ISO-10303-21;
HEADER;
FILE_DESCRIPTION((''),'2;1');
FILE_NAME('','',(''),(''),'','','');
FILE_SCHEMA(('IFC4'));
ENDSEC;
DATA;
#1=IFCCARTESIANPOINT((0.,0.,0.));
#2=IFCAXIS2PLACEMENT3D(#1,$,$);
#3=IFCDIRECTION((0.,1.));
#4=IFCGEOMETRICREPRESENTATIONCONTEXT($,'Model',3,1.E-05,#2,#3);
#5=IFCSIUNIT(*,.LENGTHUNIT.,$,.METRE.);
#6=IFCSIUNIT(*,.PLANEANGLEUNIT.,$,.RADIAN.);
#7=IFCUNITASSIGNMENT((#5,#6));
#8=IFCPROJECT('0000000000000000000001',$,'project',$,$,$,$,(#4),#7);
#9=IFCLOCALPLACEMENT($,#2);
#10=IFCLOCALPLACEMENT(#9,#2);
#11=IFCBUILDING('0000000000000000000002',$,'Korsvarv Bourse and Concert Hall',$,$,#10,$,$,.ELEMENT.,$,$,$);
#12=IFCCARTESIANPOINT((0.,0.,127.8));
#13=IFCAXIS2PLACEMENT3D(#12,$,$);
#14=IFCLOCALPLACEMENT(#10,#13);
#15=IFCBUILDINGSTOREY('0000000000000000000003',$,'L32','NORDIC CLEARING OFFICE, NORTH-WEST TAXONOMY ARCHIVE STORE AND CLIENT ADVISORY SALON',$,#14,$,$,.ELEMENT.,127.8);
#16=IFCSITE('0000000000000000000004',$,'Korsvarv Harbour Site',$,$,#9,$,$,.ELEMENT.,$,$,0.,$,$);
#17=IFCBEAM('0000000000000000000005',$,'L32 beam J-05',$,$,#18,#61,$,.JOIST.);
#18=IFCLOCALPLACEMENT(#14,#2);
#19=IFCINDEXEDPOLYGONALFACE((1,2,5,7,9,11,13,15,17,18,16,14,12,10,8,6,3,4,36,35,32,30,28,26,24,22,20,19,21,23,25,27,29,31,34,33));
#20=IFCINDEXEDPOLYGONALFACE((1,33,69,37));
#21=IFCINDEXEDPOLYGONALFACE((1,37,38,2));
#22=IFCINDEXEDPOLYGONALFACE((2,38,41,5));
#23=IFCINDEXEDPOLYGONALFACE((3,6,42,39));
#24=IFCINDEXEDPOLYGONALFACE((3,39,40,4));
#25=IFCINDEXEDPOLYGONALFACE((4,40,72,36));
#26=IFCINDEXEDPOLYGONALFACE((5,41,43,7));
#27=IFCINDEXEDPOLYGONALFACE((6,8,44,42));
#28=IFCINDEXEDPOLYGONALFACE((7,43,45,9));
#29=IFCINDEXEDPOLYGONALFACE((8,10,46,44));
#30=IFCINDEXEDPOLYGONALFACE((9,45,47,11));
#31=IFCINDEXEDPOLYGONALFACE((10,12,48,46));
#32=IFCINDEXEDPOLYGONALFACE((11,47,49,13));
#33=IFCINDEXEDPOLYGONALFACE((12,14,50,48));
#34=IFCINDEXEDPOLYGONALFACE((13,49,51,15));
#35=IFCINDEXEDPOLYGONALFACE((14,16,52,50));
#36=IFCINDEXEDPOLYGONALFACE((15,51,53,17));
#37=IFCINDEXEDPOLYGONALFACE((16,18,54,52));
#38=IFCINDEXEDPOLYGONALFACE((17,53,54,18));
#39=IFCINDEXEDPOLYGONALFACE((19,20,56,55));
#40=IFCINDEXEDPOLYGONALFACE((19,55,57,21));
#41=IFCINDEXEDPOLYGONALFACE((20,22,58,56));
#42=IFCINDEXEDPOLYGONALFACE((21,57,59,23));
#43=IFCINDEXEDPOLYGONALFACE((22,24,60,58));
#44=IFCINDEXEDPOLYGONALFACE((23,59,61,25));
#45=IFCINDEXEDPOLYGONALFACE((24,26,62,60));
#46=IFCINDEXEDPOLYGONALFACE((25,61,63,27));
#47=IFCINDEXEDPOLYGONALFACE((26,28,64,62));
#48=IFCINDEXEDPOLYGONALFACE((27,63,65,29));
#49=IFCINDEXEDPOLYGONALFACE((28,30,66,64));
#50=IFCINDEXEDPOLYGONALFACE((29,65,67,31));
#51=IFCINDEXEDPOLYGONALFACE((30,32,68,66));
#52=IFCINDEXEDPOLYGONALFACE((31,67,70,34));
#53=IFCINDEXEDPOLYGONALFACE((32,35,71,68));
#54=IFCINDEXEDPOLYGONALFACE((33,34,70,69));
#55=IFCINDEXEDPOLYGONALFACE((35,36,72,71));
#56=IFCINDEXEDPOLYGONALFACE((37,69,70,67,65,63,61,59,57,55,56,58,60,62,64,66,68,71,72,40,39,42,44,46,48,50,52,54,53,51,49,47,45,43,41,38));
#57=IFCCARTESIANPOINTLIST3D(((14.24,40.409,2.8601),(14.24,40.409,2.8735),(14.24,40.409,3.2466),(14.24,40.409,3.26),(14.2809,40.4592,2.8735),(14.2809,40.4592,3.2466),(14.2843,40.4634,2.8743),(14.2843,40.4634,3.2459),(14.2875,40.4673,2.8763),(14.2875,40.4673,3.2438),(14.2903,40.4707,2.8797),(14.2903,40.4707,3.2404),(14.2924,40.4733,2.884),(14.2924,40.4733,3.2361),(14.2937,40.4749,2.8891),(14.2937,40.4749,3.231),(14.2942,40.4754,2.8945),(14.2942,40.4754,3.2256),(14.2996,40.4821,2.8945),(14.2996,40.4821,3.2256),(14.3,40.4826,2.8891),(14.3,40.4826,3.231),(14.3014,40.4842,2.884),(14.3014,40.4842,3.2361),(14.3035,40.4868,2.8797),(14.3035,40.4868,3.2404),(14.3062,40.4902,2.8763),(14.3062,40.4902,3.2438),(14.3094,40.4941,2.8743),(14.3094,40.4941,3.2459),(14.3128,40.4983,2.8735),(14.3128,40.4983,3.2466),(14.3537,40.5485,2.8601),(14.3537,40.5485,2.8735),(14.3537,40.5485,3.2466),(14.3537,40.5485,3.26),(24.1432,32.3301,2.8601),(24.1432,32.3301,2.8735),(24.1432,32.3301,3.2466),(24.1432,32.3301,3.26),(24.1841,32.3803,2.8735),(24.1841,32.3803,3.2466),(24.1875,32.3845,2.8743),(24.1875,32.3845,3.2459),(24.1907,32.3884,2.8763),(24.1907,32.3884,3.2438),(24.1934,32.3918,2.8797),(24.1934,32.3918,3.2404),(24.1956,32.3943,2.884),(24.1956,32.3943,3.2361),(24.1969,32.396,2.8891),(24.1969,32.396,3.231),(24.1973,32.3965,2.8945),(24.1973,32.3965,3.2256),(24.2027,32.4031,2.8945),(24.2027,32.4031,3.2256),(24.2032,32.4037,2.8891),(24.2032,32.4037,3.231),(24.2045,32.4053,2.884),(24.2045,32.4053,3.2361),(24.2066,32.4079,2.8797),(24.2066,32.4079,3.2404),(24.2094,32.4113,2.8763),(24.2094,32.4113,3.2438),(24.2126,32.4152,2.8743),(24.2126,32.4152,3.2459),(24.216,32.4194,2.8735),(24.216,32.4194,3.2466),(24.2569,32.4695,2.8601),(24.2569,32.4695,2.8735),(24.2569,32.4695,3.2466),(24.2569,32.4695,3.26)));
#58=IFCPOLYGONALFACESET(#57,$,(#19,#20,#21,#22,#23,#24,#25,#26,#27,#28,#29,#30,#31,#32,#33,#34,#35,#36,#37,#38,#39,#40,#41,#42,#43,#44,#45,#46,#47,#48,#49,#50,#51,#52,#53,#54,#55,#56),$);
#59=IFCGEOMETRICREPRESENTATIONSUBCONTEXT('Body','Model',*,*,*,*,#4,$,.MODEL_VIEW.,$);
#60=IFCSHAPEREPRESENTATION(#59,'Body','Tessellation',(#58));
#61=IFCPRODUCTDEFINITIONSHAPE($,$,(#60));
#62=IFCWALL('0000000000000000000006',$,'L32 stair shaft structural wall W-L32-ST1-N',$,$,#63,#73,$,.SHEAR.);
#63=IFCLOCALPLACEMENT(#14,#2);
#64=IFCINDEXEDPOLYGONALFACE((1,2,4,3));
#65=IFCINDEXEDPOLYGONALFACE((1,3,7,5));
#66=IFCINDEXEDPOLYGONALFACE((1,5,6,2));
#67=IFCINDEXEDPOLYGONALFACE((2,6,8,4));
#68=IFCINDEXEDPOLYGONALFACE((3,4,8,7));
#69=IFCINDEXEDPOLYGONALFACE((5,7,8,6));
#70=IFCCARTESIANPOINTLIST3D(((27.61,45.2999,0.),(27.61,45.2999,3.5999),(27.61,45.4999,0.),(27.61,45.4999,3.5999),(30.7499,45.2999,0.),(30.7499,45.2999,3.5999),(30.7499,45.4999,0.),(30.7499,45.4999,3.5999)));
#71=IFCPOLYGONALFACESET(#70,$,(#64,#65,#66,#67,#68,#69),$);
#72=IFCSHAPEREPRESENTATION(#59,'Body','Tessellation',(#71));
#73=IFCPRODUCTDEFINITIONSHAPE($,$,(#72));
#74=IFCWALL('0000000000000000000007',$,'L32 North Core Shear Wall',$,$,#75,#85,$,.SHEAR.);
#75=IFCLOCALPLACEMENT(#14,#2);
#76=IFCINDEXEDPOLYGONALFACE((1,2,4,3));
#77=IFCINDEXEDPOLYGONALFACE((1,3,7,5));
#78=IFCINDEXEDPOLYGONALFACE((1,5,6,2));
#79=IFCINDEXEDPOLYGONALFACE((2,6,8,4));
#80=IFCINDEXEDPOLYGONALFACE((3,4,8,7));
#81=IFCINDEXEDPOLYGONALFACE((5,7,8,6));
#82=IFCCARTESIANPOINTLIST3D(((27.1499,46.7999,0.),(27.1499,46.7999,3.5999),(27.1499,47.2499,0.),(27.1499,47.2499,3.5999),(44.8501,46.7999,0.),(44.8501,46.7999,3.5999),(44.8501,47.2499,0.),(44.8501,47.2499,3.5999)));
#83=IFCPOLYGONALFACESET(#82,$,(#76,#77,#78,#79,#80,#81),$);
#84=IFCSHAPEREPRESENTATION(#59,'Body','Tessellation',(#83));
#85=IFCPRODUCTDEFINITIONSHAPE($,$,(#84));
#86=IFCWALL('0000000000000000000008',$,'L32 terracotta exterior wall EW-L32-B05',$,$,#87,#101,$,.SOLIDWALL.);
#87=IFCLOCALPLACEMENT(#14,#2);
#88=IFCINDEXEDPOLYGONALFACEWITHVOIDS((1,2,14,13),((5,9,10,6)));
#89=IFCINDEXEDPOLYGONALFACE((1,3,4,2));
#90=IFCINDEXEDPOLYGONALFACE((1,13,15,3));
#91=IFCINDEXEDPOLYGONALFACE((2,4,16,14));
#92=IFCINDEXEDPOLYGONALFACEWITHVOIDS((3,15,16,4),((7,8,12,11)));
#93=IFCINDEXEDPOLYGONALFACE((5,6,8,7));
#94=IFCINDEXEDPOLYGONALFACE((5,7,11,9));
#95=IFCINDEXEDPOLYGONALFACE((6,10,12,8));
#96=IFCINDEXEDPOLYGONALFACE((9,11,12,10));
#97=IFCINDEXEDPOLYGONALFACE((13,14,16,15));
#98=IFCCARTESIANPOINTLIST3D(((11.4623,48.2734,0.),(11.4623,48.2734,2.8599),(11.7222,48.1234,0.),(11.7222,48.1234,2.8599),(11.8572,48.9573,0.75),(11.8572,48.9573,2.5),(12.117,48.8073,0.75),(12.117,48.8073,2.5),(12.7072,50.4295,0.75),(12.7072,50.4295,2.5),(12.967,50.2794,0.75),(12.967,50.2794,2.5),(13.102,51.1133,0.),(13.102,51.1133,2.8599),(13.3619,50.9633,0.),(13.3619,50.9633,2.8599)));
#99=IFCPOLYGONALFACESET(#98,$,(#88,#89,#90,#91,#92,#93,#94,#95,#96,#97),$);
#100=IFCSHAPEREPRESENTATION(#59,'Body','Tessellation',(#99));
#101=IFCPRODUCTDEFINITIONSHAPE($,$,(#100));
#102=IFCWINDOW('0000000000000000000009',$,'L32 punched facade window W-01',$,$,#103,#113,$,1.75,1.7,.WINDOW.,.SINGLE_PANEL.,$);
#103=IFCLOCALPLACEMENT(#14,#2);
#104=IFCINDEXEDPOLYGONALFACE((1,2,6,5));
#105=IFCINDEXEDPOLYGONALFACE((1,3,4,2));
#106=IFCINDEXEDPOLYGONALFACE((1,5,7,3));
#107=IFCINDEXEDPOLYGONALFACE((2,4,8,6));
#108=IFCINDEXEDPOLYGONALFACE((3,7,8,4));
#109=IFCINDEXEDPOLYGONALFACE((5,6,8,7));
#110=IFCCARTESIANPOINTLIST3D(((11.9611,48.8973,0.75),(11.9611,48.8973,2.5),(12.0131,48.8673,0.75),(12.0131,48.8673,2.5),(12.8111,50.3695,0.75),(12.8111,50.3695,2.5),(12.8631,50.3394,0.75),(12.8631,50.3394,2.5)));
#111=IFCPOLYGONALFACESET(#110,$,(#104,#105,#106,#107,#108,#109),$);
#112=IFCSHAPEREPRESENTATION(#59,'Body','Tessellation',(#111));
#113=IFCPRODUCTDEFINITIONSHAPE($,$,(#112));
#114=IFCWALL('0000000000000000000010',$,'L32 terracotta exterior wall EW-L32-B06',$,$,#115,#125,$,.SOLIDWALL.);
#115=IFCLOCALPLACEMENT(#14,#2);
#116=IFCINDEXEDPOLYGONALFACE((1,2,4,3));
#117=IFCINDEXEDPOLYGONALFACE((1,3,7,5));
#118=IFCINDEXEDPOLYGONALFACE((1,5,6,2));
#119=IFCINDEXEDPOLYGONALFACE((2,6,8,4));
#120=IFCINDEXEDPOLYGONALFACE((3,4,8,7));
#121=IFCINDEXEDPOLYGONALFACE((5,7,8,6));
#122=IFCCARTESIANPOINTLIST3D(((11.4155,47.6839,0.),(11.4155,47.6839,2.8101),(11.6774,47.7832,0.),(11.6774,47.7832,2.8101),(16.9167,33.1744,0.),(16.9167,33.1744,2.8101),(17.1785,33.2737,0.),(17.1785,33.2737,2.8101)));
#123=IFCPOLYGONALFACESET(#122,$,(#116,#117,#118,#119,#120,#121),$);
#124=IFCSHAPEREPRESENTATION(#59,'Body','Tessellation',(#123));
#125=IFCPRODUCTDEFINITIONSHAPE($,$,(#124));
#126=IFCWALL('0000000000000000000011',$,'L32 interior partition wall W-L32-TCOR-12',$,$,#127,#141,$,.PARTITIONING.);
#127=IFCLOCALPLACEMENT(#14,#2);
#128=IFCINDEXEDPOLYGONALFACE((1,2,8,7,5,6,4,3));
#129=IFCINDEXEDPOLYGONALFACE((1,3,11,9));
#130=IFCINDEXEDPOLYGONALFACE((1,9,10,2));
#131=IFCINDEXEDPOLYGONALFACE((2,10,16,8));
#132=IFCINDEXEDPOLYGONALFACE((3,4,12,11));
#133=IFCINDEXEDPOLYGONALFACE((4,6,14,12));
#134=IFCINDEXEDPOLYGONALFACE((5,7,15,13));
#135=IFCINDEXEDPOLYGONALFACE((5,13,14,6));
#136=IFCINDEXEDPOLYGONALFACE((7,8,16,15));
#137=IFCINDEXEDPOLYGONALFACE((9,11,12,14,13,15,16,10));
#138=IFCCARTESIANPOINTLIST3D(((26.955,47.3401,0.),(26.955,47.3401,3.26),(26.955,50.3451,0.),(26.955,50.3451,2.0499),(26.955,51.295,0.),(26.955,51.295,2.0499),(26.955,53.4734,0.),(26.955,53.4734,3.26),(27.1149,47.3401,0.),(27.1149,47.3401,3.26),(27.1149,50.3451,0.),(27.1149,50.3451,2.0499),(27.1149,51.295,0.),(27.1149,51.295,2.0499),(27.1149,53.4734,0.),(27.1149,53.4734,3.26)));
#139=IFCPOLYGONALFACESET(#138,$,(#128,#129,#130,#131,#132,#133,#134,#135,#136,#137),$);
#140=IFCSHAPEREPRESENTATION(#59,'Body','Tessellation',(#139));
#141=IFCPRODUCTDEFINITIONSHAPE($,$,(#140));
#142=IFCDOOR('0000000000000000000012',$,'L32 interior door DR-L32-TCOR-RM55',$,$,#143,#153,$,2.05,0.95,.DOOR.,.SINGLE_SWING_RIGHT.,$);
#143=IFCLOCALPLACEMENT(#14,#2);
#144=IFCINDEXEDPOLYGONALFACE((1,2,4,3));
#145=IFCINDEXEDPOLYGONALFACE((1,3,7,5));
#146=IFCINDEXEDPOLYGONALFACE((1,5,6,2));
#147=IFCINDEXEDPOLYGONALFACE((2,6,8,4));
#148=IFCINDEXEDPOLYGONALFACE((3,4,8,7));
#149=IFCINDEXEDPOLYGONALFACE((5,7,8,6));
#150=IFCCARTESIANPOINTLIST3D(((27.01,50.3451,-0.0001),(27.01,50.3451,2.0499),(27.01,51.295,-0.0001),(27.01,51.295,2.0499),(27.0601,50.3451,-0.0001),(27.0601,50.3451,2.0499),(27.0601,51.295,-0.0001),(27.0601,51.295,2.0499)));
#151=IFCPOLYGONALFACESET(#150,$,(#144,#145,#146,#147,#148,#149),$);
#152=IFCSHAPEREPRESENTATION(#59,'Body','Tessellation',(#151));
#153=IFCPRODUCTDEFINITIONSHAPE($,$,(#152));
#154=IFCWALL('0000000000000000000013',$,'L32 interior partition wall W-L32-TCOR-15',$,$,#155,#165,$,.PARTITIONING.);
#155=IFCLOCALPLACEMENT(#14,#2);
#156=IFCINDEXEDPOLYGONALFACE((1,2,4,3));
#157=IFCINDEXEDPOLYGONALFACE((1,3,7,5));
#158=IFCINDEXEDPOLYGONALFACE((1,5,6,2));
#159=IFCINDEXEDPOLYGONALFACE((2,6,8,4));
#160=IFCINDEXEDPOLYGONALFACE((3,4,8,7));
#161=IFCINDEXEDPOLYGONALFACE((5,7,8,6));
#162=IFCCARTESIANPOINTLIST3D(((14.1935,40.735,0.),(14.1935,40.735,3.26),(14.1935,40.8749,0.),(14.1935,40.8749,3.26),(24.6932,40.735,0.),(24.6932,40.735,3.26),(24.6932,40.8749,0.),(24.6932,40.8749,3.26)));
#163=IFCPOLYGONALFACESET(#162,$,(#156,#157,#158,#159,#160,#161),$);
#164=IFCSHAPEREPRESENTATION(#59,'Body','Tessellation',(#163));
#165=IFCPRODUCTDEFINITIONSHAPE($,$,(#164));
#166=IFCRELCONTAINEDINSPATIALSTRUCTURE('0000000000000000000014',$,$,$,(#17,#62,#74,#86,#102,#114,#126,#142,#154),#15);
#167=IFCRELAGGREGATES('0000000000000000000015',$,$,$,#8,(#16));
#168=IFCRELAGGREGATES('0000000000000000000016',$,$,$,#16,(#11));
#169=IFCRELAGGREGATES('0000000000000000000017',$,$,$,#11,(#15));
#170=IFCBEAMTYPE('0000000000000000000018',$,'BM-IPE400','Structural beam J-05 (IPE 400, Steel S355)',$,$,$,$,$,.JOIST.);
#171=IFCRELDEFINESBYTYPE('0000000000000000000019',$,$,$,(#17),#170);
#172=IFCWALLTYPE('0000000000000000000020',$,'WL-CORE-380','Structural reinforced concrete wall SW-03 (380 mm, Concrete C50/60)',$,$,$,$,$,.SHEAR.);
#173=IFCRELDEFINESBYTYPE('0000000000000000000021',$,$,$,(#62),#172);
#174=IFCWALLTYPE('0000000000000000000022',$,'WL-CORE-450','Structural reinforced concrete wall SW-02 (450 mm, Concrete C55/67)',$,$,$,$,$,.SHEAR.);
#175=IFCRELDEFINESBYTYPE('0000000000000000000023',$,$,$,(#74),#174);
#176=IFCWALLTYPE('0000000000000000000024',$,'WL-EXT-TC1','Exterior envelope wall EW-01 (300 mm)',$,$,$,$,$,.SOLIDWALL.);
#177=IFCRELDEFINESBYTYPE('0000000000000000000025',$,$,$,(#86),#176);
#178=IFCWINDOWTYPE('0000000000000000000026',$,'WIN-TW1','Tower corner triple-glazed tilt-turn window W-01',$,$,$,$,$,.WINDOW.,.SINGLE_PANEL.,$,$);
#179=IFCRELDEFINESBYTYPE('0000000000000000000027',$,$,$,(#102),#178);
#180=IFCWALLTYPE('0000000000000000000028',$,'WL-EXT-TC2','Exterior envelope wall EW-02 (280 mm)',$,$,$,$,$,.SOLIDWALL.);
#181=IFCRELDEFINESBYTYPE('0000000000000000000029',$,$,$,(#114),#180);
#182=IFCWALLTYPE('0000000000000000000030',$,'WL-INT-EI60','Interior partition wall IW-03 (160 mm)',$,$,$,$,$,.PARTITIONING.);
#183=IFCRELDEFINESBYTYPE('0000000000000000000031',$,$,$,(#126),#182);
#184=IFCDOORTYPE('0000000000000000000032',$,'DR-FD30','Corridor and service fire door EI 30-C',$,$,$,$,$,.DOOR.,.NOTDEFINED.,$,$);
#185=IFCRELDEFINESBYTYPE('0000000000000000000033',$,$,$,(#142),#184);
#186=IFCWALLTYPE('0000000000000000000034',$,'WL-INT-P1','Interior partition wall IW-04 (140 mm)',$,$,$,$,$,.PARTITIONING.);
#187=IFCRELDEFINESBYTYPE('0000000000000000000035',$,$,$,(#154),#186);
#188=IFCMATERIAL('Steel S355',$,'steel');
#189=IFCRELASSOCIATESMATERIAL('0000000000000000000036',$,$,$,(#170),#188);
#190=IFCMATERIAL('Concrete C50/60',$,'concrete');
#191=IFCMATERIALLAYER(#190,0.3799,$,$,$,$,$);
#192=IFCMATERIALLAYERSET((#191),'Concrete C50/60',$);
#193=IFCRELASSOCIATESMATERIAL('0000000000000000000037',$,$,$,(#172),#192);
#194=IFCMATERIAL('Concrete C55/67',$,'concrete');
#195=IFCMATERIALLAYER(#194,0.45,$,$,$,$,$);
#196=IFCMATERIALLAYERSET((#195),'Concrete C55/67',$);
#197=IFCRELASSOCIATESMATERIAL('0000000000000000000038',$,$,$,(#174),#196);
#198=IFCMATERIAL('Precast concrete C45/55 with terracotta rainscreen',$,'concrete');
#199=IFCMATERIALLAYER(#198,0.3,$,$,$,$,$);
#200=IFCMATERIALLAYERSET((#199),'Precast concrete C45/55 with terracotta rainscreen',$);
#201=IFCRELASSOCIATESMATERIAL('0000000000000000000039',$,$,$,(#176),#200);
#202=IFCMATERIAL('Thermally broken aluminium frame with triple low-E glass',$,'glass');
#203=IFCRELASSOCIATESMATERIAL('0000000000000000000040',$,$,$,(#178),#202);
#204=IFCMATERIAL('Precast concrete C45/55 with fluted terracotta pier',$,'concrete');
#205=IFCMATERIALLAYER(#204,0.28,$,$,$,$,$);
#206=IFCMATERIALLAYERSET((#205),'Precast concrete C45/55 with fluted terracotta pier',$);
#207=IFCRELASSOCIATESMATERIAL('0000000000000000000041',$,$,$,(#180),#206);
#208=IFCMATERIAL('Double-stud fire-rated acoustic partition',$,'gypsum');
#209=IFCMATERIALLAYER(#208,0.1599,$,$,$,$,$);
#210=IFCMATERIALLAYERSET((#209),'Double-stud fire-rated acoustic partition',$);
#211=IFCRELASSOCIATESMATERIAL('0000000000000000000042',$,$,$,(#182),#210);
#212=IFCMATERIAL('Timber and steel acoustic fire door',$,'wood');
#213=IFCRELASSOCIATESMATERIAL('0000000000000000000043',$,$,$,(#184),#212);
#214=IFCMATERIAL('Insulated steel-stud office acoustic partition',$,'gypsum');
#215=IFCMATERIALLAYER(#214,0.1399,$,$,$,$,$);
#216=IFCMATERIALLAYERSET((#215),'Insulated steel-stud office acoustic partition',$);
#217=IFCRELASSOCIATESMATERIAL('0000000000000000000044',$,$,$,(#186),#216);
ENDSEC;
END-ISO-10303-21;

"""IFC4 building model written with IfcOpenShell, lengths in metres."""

from ifc_helpers import new_model, si_unit, direction, frame, frame_2d, origin, origin_2d, place, context, subcontext, project, spatial, rectangle, i_section, extrude, source, transform, mapped, material, layer, layer_set, material_profile, profile_set, type_object, element, fill, save


model = new_model("IFC4")

# Units and contexts
model_context = context("Model", 3, precision=1e-05, world=origin(), true_north=direction((0.0, 1.0)))
body_context = subcontext(model_context, "Body", "Model", "MODEL_VIEW")
ifc_project = project(units=[si_unit("LENGTHUNIT", "METRE"), si_unit("PLANEANGLEUNIT", "RADIAN")], contexts=[model_context])

# Site, building, storey
site_placement = place(None, origin())
site = spatial("IfcSite", under=ifc_project, at=site_placement, Name="Korsvarv Harbour Site", CompositionType="ELEMENT", RefElevation=0.0)
building_placement = place(site_placement, origin())
building = spatial("IfcBuilding", under=site, at=building_placement, Name="Korsvarv Bourse and Concert Hall", CompositionType="ELEMENT")
storey_placement = place(building_placement, frame((0.0, 0.0, 127.8)))
storey = spatial("IfcBuildingStorey", under=building, at=storey_placement, Name="L32", Description="NORDIC CLEARING OFFICE, NORTH-WEST TAXONOMY ARCHIVE STORE AND CLIENT ADVISORY SALON", CompositionType="ELEMENT", Elevation=127.8)

# Beam
ifc_material_1 = material(Name="Steel S355", Category="steel")
ifc_material_profile_1 = material_profile(ifc_material_1, i_section(OverallWidth=0.1799, OverallDepth=0.3999, WebThickness=0.0085, FlangeThickness=0.0134, FilletRadius=0.021, at=origin_2d()), Name="IPE 400")
ifc_profile_set_1 = profile_set([ifc_material_profile_1], Name="Steel S355")
beam_type_1 = type_object("IfcBeamType", Name="BM-IPE400", Description="Structural beam J-05 (IPE 400, Steel S355)", PredefinedType="JOIST", material=ifc_profile_set_1)
shared_shape_1 = source(origin(), body_context, "Body", "SweptSolid", [
    extrude(i_section(OverallWidth=0.1799, OverallDepth=0.3999, WebThickness=0.0085, FlangeThickness=0.0134, FilletRadius=0.021, at=origin_2d()), origin(), (0.0, 0.0, 1.0), 12.7805),
])
beam_1_placement = place(storey_placement, frame((14.2969, 40.4788, 3.0601), z_axis=(0.774864, -0.632128, 0.0), x_axis=(0.632128, 0.774864, 0.0)))
element("IfcBeam", 1, at=beam_1_placement, inside=storey, type_object=beam_type_1, Name="L32 beam J-05", PredefinedType="JOIST", context=body_context, shape_type="MappedRepresentation", body=[
    mapped(shared_shape_1, transform((0.0, 0.0, 0.0), scale=1.0)),
])

# Walls
ifc_material_2 = material(Name="Concrete C50/60", Category="concrete")
ifc_layer_1 = layer(ifc_material_2, 0.3799)
ifc_layer_set_1 = layer_set([ifc_layer_1], Name="Concrete C50/60")
wall_type_1 = type_object("IfcWallType", Name="WL-CORE-380", Description="Structural reinforced concrete wall SW-03 (380 mm, Concrete C50/60)", PredefinedType="SHEAR", material=ifc_layer_set_1)
wall_1_placement = place(storey_placement, frame((27.6101, 45.3999, 0.0), z_axis=(0.0, 0.0, 1.0), x_axis=(1.0, 0.0, 0.0)))
element("IfcWall", 2, at=wall_1_placement, inside=storey, type_object=wall_type_1, Name="L32 stair shaft structural wall W-L32-ST1-N", PredefinedType="SHEAR", context=body_context, shape_type="SweptSolid", body=[
    extrude(rectangle(XDim=3.1399, YDim=0.2, at=frame_2d((1.5698, 0.0))), origin(), (0.0, 0.0, 1.0), 3.5999),
])
ifc_material_3 = material(Name="Concrete C55/67", Category="concrete")
ifc_layer_2 = layer(ifc_material_3, 0.45)
ifc_layer_set_2 = layer_set([ifc_layer_2], Name="Concrete C55/67")
wall_type_2 = type_object("IfcWallType", Name="WL-CORE-450", Description="Structural reinforced concrete wall SW-02 (450 mm, Concrete C55/67)", PredefinedType="SHEAR", material=ifc_layer_set_2)
wall_2_placement = place(storey_placement, frame((27.1499, 47.0249, 0.0), z_axis=(0.0, 0.0, 1.0), x_axis=(1.0, 0.0, 0.0)))
element("IfcWall", 3, at=wall_2_placement, inside=storey, type_object=wall_type_2, Name="L32 North Core Shear Wall", PredefinedType="SHEAR", context=body_context, shape_type="SweptSolid", body=[
    extrude(rectangle(XDim=17.7002, YDim=0.45, at=frame_2d((8.8501, 0.0))), origin(), (0.0, 0.0, 1.0), 3.5999),
])

# Wall, opening, window
ifc_material_4 = material(Name="Precast concrete C45/55 with terracotta rainscreen", Category="concrete")
ifc_layer_3 = layer(ifc_material_4, 0.3)
ifc_layer_set_3 = layer_set([ifc_layer_3], Name="Precast concrete C45/55 with terracotta rainscreen")
wall_type_3 = type_object("IfcWallType", Name="WL-EXT-TC1", Description="Exterior envelope wall EW-01 (300 mm)", PredefinedType="SOLIDWALL", material=ifc_layer_set_3)
wall_3_placement = place(storey_placement, frame((13.2319, 51.0383, 0.0), z_axis=(0.0, 0.0, 1.0), x_axis=(-0.500015, -0.866017, 0.0)))
wall_3 = element("IfcWall", 4, at=wall_3_placement, inside=storey, type_object=wall_type_3, Name="L32 terracotta exterior wall EW-L32-B05", PredefinedType="SOLIDWALL", context=body_context, shape_type="SweptSolid", body=[
    extrude(rectangle(XDim=3.2793, YDim=0.3, at=frame_2d((1.6396, 0.0))), origin(), (0.0, 0.0, 1.0), 2.8599),
])
opening_1_placement = place(wall_3_placement, frame((0.7896, 0.0, 0.75)))
opening_1 = element("IfcOpeningElement", 5, at=opening_1_placement, cuts=wall_3, PredefinedType="OPENING", context=body_context, shape_type="SweptSolid", body=[
    extrude(rectangle(XDim=1.7, YDim=1.75, at=frame_2d((0.8501, 0.875))), frame((0.0, 0.1602, 0.0), z_axis=(0.0, -1.0, 0.0), x_axis=(1.0, 0.0, 0.0)), (0.0, 0.0, 1.0), 0.3201),
])
ifc_material_5 = material(Name="Thermally broken aluminium frame with triple low-E glass", Category="glass")
window_type = type_object("IfcWindowType", Name="WIN-TW1", Description="Tower corner triple-glazed tilt-turn window W-01", PartitioningType="SINGLE_PANEL", PredefinedType="WINDOW", material=ifc_material_5)
window_placement = place(opening_1_placement, origin())
window = element("IfcWindow", 6, at=window_placement, inside=storey, type_object=window_type, Name="L32 punched facade window W-01", OverallHeight=1.75, OverallWidth=1.7, PartitioningType="SINGLE_PANEL", PredefinedType="WINDOW", context=body_context, shape_type="SweptSolid", body=[
    extrude(rectangle(XDim=1.7, YDim=1.75, at=frame_2d((0.8501, 0.875))), frame((0.0, 0.03, 0.0), z_axis=(0.0, -1.0, 0.0), x_axis=(1.0, 0.0, 0.0)), (0.0, 0.0, 1.0), 0.0601),
])
fill(opening_1, window)

# Wall
ifc_material_6 = material(Name="Precast concrete C45/55 with fluted terracotta pier", Category="concrete")
ifc_layer_4 = layer(ifc_material_6, 0.28)
ifc_layer_set_4 = layer_set([ifc_layer_4], Name="Precast concrete C45/55 with fluted terracotta pier")
wall_type_4 = type_object("IfcWallType", Name="WL-EXT-TC2", Description="Exterior envelope wall EW-02 (280 mm)", PredefinedType="SOLIDWALL", material=ifc_layer_set_4)
wall_4_placement = place(storey_placement, frame((11.5464, 47.7336, 0.0), z_axis=(0.0, 0.0, 1.0), x_axis=(0.35452, -0.935049, 0.0)))
element("IfcWall", 7, at=wall_4_placement, inside=storey, type_object=wall_type_4, Name="L32 terracotta exterior wall EW-L32-B06", PredefinedType="SOLIDWALL", context=body_context, shape_type="SweptSolid", body=[
    extrude(rectangle(XDim=15.5173, YDim=0.28, at=frame_2d((7.7588, 0.0))), origin(), (0.0, 0.0, 1.0), 2.8101),
])

# Wall, opening, door
ifc_material_7 = material(Name="Double-stud fire-rated acoustic partition", Category="gypsum")
ifc_layer_5 = layer(ifc_material_7, 0.1599)
ifc_layer_set_5 = layer_set([ifc_layer_5], Name="Double-stud fire-rated acoustic partition")
wall_type_5 = type_object("IfcWallType", Name="WL-INT-EI60", Description="Interior partition wall IW-03 (160 mm)", PredefinedType="PARTITIONING", material=ifc_layer_set_5)
wall_5_placement = place(storey_placement, frame((27.0349, 47.3401, 0.0), z_axis=(0.0, 0.0, 1.0), x_axis=(0.0, 1.0, 0.0)))
wall_5 = element("IfcWall", 8, at=wall_5_placement, inside=storey, type_object=wall_type_5, Name="L32 interior partition wall W-L32-TCOR-12", PredefinedType="PARTITIONING", context=body_context, shape_type="SweptSolid", body=[
    extrude(rectangle(XDim=6.1333, YDim=0.1599, at=frame_2d((3.0667, 0.0))), origin(), (0.0, 0.0, 1.0), 3.26),
])
opening_2_placement = place(wall_5_placement, frame((3.0049, 0.0, 0.0)))
opening_2 = element("IfcOpeningElement", 9, at=opening_2_placement, cuts=wall_5, PredefinedType="OPENING", context=body_context, shape_type="SweptSolid", body=[
    extrude(rectangle(XDim=0.95, YDim=2.05, at=frame_2d((0.4751, 1.0249))), frame((0.0, 0.0898, 0.0), z_axis=(0.0, -1.0, 0.0), x_axis=(1.0, 0.0, 0.0)), (0.0, 0.0, 1.0), 0.1799),
])
ifc_material_8 = material(Name="Timber and steel acoustic fire door", Category="wood")
door_type = type_object("IfcDoorType", Name="DR-FD30", Description="Corridor and service fire door EI 30-C", OperationType="NOTDEFINED", PredefinedType="DOOR", material=ifc_material_8)
door_placement = place(opening_2_placement, origin())
door = element("IfcDoor", 10, at=door_placement, inside=storey, type_object=door_type, Name="L32 interior door DR-L32-TCOR-RM55", OperationType="SINGLE_SWING_RIGHT", OverallHeight=2.05, OverallWidth=0.95, PredefinedType="DOOR", context=body_context, shape_type="SweptSolid", body=[
    extrude(rectangle(XDim=0.95, YDim=2.05, at=frame_2d((0.4751, 1.0249))), frame((0.0, 0.0249, 0.0), z_axis=(0.0, -1.0, 0.0), x_axis=(1.0, 0.0, 0.0)), (0.0, 0.0, 1.0), 0.05),
])
fill(opening_2, door)

# Wall
ifc_material_9 = material(Name="Insulated steel-stud office acoustic partition", Category="gypsum")
ifc_layer_6 = layer(ifc_material_9, 0.1399)
ifc_layer_set_6 = layer_set([ifc_layer_6], Name="Insulated steel-stud office acoustic partition")
wall_type_6 = type_object("IfcWallType", Name="WL-INT-P1", Description="Interior partition wall IW-04 (140 mm)", PredefinedType="PARTITIONING", material=ifc_layer_set_6)
wall_6_placement = place(storey_placement, frame((14.1934, 40.8049, 0.0), z_axis=(0.0, 0.0, 1.0), x_axis=(1.0, 0.0, 0.0)))
element("IfcWall", 11, at=wall_6_placement, inside=storey, type_object=wall_type_6, Name="L32 interior partition wall W-L32-TCOR-15", PredefinedType="PARTITIONING", context=body_context, shape_type="SweptSolid", body=[
    extrude(rectangle(XDim=10.4998, YDim=0.1399, at=frame_2d((5.25, 0.0))), origin(), (0.0, 0.0, 1.0), 3.26),
])

save(model, "model.ifc")
